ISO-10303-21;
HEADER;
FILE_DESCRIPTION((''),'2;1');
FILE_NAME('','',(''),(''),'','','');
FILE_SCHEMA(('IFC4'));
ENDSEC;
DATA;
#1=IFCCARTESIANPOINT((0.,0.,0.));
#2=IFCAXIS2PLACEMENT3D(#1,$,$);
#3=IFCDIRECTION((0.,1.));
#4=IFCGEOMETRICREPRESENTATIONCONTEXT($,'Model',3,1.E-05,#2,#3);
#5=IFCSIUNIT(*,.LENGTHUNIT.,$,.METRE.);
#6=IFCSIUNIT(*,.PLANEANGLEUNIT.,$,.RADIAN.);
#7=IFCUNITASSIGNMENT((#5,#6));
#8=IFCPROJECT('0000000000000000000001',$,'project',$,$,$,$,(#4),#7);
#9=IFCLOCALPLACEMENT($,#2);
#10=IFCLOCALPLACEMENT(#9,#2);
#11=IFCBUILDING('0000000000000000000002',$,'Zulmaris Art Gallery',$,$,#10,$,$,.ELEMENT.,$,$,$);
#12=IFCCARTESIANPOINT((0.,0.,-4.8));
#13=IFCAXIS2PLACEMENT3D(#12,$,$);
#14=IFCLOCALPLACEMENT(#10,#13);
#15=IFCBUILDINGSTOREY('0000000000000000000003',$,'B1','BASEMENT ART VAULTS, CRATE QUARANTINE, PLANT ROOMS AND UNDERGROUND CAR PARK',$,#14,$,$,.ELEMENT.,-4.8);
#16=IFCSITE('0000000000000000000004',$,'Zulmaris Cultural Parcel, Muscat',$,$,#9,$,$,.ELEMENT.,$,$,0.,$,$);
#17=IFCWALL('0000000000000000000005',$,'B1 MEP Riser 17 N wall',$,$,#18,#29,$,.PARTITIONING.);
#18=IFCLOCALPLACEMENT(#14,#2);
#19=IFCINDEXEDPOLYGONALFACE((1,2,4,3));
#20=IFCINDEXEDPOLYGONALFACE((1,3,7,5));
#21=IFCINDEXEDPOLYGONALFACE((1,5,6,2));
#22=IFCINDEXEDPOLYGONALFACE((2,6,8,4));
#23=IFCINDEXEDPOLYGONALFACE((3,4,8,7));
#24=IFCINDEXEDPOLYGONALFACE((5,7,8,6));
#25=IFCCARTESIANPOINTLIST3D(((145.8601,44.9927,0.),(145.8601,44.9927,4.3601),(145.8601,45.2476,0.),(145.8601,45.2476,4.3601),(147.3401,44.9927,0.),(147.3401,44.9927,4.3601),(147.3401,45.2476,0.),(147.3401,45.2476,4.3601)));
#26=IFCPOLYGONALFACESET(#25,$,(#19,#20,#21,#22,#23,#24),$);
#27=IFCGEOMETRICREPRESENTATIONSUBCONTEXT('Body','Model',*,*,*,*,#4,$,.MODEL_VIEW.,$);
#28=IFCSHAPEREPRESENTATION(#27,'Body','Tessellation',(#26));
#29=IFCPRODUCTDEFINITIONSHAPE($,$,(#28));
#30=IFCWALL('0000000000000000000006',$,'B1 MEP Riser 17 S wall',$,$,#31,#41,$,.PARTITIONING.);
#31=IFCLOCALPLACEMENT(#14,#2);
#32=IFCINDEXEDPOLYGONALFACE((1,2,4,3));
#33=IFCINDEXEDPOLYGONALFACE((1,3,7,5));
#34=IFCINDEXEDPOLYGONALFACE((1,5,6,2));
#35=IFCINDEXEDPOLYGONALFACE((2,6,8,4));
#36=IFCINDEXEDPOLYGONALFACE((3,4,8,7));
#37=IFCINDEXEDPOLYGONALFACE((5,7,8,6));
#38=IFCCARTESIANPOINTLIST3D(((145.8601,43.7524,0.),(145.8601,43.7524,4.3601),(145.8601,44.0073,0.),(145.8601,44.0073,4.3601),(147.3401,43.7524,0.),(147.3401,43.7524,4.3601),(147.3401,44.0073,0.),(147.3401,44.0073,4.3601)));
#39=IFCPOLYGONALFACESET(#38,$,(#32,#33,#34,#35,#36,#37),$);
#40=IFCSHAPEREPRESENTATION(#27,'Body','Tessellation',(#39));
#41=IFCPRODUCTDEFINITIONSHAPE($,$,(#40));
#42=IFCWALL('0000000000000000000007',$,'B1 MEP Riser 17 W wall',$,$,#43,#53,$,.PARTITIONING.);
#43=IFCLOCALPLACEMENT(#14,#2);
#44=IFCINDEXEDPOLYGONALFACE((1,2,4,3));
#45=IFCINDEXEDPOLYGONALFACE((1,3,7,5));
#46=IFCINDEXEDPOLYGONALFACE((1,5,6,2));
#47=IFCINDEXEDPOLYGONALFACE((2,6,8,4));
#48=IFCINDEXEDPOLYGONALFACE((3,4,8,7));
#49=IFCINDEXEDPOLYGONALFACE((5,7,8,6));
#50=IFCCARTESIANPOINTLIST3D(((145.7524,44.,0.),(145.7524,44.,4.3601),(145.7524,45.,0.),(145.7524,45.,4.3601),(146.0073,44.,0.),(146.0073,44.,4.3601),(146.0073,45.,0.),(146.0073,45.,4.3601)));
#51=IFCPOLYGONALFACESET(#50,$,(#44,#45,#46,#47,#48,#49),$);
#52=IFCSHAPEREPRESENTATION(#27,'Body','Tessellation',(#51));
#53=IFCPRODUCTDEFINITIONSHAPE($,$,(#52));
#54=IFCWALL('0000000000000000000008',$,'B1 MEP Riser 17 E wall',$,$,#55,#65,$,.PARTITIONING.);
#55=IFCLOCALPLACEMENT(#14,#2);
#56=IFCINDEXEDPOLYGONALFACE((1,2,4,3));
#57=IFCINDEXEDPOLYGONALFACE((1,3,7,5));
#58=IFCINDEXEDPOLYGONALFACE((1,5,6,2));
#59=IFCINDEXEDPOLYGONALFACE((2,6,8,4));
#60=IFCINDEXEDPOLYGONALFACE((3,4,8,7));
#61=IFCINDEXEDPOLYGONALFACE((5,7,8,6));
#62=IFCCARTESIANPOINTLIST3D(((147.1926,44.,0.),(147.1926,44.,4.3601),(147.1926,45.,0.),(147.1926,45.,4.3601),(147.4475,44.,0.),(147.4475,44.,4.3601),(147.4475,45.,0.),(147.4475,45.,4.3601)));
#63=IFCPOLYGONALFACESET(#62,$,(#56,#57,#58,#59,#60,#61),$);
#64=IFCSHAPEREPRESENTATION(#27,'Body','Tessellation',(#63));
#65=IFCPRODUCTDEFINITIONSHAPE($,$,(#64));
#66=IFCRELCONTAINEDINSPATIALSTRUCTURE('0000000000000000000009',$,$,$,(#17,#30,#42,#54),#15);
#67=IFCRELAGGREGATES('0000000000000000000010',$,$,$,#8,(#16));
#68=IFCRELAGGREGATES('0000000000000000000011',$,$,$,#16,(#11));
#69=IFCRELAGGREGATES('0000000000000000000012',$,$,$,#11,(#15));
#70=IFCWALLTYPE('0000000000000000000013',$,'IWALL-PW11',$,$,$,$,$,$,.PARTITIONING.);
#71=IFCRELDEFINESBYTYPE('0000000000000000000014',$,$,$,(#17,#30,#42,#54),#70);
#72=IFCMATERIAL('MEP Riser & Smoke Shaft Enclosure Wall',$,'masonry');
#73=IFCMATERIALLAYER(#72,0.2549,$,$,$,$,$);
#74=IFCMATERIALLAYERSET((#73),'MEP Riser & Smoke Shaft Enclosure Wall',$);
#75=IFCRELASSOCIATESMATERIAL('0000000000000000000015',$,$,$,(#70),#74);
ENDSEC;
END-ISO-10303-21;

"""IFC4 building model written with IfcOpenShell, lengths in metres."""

from ifc_helpers import new_model, si_unit, direction, frame, frame_2d, origin, place, context, subcontext, project, spatial, rectangle, extrude, material, layer, layer_set, type_object, element, save


model = new_model("IFC4")

# Units and contexts
model_context = context("Model", 3, precision=1e-05, world=origin(), true_north=direction((0.0, 1.0)))
body_context = subcontext(model_context, "Body", "Model", "MODEL_VIEW")
ifc_project = project(units=[si_unit("LENGTHUNIT", "METRE"), si_unit("PLANEANGLEUNIT", "RADIAN")], contexts=[model_context])

# Site, building, storey
site_placement = place(None, origin())
site = spatial("IfcSite", under=ifc_project, at=site_placement, Name="Zulmaris Cultural Parcel, Muscat", CompositionType="ELEMENT", RefElevation=0.0)
building_placement = place(site_placement, origin())
building = spatial("IfcBuilding", under=site, at=building_placement, Name="Zulmaris Art Gallery", CompositionType="ELEMENT")
storey_placement = place(building_placement, frame((0.0, 0.0, -4.8)))
storey = spatial("IfcBuildingStorey", under=building, at=storey_placement, Name="B1", Description="BASEMENT ART VAULTS, CRATE QUARANTINE, PLANT ROOMS AND UNDERGROUND CAR PARK", CompositionType="ELEMENT", Elevation=-4.8)

# Walls
ifc_material_1 = material(Name="MEP Riser & Smoke Shaft Enclosure Wall", Category="masonry")
ifc_layer_1 = layer(ifc_material_1, 0.2549)
ifc_layer_set_1 = layer_set([ifc_layer_1], Name="MEP Riser & Smoke Shaft Enclosure Wall")
wall_type_1 = type_object("IfcWallType", Name="IWALL-PW11", PredefinedType="PARTITIONING", material=ifc_layer_set_1)
for number, where, z_axis, x_axis, name in (
    (1, (145.8601, 45.1201, 0.0), (0.0, 0.0, 1.0), (1.0, 0.0, 0.0), "B1 MEP Riser 17 N wall"),
    (2, (145.8601, 43.8799, 0.0), (0.0, 0.0, 1.0), (1.0, 0.0, 0.0), "B1 MEP Riser 17 S wall"),
):
    element("IfcWall", number, at=place(storey_placement, frame(where, z_axis=z_axis, x_axis=x_axis)), inside=storey, type_object=wall_type_1, Name=name, PredefinedType="PARTITIONING", context=body_context, shape_type="SweptSolid", body=[
        extrude(rectangle(XDim=1.48, YDim=0.2549, at=frame_2d((0.74, 0.0))), origin(), (0.0, 0.0, 1.0), 4.3601),
    ])
for number, where, z_axis, x_axis, name in (
    (3, (145.8799, 44.0, 0.0), (0.0, 0.0, 1.0), (0.0, 1.0, 0.0), "B1 MEP Riser 17 W wall"),
    (4, (147.3201, 44.0, 0.0), (0.0, 0.0, 1.0), (0.0, 1.0, 0.0), "B1 MEP Riser 17 E wall"),
):
    element("IfcWall", number, at=place(storey_placement, frame(where, z_axis=z_axis, x_axis=x_axis)), inside=storey, type_object=wall_type_1, Name=name, PredefinedType="PARTITIONING", context=body_context, shape_type="SweptSolid", body=[
        extrude(rectangle(XDim=1.0, YDim=0.2549, at=frame_2d((0.5, 0.0))), origin(), (0.0, 0.0, 1.0), 4.3601),
    ])

save(model, "model.ifc")
